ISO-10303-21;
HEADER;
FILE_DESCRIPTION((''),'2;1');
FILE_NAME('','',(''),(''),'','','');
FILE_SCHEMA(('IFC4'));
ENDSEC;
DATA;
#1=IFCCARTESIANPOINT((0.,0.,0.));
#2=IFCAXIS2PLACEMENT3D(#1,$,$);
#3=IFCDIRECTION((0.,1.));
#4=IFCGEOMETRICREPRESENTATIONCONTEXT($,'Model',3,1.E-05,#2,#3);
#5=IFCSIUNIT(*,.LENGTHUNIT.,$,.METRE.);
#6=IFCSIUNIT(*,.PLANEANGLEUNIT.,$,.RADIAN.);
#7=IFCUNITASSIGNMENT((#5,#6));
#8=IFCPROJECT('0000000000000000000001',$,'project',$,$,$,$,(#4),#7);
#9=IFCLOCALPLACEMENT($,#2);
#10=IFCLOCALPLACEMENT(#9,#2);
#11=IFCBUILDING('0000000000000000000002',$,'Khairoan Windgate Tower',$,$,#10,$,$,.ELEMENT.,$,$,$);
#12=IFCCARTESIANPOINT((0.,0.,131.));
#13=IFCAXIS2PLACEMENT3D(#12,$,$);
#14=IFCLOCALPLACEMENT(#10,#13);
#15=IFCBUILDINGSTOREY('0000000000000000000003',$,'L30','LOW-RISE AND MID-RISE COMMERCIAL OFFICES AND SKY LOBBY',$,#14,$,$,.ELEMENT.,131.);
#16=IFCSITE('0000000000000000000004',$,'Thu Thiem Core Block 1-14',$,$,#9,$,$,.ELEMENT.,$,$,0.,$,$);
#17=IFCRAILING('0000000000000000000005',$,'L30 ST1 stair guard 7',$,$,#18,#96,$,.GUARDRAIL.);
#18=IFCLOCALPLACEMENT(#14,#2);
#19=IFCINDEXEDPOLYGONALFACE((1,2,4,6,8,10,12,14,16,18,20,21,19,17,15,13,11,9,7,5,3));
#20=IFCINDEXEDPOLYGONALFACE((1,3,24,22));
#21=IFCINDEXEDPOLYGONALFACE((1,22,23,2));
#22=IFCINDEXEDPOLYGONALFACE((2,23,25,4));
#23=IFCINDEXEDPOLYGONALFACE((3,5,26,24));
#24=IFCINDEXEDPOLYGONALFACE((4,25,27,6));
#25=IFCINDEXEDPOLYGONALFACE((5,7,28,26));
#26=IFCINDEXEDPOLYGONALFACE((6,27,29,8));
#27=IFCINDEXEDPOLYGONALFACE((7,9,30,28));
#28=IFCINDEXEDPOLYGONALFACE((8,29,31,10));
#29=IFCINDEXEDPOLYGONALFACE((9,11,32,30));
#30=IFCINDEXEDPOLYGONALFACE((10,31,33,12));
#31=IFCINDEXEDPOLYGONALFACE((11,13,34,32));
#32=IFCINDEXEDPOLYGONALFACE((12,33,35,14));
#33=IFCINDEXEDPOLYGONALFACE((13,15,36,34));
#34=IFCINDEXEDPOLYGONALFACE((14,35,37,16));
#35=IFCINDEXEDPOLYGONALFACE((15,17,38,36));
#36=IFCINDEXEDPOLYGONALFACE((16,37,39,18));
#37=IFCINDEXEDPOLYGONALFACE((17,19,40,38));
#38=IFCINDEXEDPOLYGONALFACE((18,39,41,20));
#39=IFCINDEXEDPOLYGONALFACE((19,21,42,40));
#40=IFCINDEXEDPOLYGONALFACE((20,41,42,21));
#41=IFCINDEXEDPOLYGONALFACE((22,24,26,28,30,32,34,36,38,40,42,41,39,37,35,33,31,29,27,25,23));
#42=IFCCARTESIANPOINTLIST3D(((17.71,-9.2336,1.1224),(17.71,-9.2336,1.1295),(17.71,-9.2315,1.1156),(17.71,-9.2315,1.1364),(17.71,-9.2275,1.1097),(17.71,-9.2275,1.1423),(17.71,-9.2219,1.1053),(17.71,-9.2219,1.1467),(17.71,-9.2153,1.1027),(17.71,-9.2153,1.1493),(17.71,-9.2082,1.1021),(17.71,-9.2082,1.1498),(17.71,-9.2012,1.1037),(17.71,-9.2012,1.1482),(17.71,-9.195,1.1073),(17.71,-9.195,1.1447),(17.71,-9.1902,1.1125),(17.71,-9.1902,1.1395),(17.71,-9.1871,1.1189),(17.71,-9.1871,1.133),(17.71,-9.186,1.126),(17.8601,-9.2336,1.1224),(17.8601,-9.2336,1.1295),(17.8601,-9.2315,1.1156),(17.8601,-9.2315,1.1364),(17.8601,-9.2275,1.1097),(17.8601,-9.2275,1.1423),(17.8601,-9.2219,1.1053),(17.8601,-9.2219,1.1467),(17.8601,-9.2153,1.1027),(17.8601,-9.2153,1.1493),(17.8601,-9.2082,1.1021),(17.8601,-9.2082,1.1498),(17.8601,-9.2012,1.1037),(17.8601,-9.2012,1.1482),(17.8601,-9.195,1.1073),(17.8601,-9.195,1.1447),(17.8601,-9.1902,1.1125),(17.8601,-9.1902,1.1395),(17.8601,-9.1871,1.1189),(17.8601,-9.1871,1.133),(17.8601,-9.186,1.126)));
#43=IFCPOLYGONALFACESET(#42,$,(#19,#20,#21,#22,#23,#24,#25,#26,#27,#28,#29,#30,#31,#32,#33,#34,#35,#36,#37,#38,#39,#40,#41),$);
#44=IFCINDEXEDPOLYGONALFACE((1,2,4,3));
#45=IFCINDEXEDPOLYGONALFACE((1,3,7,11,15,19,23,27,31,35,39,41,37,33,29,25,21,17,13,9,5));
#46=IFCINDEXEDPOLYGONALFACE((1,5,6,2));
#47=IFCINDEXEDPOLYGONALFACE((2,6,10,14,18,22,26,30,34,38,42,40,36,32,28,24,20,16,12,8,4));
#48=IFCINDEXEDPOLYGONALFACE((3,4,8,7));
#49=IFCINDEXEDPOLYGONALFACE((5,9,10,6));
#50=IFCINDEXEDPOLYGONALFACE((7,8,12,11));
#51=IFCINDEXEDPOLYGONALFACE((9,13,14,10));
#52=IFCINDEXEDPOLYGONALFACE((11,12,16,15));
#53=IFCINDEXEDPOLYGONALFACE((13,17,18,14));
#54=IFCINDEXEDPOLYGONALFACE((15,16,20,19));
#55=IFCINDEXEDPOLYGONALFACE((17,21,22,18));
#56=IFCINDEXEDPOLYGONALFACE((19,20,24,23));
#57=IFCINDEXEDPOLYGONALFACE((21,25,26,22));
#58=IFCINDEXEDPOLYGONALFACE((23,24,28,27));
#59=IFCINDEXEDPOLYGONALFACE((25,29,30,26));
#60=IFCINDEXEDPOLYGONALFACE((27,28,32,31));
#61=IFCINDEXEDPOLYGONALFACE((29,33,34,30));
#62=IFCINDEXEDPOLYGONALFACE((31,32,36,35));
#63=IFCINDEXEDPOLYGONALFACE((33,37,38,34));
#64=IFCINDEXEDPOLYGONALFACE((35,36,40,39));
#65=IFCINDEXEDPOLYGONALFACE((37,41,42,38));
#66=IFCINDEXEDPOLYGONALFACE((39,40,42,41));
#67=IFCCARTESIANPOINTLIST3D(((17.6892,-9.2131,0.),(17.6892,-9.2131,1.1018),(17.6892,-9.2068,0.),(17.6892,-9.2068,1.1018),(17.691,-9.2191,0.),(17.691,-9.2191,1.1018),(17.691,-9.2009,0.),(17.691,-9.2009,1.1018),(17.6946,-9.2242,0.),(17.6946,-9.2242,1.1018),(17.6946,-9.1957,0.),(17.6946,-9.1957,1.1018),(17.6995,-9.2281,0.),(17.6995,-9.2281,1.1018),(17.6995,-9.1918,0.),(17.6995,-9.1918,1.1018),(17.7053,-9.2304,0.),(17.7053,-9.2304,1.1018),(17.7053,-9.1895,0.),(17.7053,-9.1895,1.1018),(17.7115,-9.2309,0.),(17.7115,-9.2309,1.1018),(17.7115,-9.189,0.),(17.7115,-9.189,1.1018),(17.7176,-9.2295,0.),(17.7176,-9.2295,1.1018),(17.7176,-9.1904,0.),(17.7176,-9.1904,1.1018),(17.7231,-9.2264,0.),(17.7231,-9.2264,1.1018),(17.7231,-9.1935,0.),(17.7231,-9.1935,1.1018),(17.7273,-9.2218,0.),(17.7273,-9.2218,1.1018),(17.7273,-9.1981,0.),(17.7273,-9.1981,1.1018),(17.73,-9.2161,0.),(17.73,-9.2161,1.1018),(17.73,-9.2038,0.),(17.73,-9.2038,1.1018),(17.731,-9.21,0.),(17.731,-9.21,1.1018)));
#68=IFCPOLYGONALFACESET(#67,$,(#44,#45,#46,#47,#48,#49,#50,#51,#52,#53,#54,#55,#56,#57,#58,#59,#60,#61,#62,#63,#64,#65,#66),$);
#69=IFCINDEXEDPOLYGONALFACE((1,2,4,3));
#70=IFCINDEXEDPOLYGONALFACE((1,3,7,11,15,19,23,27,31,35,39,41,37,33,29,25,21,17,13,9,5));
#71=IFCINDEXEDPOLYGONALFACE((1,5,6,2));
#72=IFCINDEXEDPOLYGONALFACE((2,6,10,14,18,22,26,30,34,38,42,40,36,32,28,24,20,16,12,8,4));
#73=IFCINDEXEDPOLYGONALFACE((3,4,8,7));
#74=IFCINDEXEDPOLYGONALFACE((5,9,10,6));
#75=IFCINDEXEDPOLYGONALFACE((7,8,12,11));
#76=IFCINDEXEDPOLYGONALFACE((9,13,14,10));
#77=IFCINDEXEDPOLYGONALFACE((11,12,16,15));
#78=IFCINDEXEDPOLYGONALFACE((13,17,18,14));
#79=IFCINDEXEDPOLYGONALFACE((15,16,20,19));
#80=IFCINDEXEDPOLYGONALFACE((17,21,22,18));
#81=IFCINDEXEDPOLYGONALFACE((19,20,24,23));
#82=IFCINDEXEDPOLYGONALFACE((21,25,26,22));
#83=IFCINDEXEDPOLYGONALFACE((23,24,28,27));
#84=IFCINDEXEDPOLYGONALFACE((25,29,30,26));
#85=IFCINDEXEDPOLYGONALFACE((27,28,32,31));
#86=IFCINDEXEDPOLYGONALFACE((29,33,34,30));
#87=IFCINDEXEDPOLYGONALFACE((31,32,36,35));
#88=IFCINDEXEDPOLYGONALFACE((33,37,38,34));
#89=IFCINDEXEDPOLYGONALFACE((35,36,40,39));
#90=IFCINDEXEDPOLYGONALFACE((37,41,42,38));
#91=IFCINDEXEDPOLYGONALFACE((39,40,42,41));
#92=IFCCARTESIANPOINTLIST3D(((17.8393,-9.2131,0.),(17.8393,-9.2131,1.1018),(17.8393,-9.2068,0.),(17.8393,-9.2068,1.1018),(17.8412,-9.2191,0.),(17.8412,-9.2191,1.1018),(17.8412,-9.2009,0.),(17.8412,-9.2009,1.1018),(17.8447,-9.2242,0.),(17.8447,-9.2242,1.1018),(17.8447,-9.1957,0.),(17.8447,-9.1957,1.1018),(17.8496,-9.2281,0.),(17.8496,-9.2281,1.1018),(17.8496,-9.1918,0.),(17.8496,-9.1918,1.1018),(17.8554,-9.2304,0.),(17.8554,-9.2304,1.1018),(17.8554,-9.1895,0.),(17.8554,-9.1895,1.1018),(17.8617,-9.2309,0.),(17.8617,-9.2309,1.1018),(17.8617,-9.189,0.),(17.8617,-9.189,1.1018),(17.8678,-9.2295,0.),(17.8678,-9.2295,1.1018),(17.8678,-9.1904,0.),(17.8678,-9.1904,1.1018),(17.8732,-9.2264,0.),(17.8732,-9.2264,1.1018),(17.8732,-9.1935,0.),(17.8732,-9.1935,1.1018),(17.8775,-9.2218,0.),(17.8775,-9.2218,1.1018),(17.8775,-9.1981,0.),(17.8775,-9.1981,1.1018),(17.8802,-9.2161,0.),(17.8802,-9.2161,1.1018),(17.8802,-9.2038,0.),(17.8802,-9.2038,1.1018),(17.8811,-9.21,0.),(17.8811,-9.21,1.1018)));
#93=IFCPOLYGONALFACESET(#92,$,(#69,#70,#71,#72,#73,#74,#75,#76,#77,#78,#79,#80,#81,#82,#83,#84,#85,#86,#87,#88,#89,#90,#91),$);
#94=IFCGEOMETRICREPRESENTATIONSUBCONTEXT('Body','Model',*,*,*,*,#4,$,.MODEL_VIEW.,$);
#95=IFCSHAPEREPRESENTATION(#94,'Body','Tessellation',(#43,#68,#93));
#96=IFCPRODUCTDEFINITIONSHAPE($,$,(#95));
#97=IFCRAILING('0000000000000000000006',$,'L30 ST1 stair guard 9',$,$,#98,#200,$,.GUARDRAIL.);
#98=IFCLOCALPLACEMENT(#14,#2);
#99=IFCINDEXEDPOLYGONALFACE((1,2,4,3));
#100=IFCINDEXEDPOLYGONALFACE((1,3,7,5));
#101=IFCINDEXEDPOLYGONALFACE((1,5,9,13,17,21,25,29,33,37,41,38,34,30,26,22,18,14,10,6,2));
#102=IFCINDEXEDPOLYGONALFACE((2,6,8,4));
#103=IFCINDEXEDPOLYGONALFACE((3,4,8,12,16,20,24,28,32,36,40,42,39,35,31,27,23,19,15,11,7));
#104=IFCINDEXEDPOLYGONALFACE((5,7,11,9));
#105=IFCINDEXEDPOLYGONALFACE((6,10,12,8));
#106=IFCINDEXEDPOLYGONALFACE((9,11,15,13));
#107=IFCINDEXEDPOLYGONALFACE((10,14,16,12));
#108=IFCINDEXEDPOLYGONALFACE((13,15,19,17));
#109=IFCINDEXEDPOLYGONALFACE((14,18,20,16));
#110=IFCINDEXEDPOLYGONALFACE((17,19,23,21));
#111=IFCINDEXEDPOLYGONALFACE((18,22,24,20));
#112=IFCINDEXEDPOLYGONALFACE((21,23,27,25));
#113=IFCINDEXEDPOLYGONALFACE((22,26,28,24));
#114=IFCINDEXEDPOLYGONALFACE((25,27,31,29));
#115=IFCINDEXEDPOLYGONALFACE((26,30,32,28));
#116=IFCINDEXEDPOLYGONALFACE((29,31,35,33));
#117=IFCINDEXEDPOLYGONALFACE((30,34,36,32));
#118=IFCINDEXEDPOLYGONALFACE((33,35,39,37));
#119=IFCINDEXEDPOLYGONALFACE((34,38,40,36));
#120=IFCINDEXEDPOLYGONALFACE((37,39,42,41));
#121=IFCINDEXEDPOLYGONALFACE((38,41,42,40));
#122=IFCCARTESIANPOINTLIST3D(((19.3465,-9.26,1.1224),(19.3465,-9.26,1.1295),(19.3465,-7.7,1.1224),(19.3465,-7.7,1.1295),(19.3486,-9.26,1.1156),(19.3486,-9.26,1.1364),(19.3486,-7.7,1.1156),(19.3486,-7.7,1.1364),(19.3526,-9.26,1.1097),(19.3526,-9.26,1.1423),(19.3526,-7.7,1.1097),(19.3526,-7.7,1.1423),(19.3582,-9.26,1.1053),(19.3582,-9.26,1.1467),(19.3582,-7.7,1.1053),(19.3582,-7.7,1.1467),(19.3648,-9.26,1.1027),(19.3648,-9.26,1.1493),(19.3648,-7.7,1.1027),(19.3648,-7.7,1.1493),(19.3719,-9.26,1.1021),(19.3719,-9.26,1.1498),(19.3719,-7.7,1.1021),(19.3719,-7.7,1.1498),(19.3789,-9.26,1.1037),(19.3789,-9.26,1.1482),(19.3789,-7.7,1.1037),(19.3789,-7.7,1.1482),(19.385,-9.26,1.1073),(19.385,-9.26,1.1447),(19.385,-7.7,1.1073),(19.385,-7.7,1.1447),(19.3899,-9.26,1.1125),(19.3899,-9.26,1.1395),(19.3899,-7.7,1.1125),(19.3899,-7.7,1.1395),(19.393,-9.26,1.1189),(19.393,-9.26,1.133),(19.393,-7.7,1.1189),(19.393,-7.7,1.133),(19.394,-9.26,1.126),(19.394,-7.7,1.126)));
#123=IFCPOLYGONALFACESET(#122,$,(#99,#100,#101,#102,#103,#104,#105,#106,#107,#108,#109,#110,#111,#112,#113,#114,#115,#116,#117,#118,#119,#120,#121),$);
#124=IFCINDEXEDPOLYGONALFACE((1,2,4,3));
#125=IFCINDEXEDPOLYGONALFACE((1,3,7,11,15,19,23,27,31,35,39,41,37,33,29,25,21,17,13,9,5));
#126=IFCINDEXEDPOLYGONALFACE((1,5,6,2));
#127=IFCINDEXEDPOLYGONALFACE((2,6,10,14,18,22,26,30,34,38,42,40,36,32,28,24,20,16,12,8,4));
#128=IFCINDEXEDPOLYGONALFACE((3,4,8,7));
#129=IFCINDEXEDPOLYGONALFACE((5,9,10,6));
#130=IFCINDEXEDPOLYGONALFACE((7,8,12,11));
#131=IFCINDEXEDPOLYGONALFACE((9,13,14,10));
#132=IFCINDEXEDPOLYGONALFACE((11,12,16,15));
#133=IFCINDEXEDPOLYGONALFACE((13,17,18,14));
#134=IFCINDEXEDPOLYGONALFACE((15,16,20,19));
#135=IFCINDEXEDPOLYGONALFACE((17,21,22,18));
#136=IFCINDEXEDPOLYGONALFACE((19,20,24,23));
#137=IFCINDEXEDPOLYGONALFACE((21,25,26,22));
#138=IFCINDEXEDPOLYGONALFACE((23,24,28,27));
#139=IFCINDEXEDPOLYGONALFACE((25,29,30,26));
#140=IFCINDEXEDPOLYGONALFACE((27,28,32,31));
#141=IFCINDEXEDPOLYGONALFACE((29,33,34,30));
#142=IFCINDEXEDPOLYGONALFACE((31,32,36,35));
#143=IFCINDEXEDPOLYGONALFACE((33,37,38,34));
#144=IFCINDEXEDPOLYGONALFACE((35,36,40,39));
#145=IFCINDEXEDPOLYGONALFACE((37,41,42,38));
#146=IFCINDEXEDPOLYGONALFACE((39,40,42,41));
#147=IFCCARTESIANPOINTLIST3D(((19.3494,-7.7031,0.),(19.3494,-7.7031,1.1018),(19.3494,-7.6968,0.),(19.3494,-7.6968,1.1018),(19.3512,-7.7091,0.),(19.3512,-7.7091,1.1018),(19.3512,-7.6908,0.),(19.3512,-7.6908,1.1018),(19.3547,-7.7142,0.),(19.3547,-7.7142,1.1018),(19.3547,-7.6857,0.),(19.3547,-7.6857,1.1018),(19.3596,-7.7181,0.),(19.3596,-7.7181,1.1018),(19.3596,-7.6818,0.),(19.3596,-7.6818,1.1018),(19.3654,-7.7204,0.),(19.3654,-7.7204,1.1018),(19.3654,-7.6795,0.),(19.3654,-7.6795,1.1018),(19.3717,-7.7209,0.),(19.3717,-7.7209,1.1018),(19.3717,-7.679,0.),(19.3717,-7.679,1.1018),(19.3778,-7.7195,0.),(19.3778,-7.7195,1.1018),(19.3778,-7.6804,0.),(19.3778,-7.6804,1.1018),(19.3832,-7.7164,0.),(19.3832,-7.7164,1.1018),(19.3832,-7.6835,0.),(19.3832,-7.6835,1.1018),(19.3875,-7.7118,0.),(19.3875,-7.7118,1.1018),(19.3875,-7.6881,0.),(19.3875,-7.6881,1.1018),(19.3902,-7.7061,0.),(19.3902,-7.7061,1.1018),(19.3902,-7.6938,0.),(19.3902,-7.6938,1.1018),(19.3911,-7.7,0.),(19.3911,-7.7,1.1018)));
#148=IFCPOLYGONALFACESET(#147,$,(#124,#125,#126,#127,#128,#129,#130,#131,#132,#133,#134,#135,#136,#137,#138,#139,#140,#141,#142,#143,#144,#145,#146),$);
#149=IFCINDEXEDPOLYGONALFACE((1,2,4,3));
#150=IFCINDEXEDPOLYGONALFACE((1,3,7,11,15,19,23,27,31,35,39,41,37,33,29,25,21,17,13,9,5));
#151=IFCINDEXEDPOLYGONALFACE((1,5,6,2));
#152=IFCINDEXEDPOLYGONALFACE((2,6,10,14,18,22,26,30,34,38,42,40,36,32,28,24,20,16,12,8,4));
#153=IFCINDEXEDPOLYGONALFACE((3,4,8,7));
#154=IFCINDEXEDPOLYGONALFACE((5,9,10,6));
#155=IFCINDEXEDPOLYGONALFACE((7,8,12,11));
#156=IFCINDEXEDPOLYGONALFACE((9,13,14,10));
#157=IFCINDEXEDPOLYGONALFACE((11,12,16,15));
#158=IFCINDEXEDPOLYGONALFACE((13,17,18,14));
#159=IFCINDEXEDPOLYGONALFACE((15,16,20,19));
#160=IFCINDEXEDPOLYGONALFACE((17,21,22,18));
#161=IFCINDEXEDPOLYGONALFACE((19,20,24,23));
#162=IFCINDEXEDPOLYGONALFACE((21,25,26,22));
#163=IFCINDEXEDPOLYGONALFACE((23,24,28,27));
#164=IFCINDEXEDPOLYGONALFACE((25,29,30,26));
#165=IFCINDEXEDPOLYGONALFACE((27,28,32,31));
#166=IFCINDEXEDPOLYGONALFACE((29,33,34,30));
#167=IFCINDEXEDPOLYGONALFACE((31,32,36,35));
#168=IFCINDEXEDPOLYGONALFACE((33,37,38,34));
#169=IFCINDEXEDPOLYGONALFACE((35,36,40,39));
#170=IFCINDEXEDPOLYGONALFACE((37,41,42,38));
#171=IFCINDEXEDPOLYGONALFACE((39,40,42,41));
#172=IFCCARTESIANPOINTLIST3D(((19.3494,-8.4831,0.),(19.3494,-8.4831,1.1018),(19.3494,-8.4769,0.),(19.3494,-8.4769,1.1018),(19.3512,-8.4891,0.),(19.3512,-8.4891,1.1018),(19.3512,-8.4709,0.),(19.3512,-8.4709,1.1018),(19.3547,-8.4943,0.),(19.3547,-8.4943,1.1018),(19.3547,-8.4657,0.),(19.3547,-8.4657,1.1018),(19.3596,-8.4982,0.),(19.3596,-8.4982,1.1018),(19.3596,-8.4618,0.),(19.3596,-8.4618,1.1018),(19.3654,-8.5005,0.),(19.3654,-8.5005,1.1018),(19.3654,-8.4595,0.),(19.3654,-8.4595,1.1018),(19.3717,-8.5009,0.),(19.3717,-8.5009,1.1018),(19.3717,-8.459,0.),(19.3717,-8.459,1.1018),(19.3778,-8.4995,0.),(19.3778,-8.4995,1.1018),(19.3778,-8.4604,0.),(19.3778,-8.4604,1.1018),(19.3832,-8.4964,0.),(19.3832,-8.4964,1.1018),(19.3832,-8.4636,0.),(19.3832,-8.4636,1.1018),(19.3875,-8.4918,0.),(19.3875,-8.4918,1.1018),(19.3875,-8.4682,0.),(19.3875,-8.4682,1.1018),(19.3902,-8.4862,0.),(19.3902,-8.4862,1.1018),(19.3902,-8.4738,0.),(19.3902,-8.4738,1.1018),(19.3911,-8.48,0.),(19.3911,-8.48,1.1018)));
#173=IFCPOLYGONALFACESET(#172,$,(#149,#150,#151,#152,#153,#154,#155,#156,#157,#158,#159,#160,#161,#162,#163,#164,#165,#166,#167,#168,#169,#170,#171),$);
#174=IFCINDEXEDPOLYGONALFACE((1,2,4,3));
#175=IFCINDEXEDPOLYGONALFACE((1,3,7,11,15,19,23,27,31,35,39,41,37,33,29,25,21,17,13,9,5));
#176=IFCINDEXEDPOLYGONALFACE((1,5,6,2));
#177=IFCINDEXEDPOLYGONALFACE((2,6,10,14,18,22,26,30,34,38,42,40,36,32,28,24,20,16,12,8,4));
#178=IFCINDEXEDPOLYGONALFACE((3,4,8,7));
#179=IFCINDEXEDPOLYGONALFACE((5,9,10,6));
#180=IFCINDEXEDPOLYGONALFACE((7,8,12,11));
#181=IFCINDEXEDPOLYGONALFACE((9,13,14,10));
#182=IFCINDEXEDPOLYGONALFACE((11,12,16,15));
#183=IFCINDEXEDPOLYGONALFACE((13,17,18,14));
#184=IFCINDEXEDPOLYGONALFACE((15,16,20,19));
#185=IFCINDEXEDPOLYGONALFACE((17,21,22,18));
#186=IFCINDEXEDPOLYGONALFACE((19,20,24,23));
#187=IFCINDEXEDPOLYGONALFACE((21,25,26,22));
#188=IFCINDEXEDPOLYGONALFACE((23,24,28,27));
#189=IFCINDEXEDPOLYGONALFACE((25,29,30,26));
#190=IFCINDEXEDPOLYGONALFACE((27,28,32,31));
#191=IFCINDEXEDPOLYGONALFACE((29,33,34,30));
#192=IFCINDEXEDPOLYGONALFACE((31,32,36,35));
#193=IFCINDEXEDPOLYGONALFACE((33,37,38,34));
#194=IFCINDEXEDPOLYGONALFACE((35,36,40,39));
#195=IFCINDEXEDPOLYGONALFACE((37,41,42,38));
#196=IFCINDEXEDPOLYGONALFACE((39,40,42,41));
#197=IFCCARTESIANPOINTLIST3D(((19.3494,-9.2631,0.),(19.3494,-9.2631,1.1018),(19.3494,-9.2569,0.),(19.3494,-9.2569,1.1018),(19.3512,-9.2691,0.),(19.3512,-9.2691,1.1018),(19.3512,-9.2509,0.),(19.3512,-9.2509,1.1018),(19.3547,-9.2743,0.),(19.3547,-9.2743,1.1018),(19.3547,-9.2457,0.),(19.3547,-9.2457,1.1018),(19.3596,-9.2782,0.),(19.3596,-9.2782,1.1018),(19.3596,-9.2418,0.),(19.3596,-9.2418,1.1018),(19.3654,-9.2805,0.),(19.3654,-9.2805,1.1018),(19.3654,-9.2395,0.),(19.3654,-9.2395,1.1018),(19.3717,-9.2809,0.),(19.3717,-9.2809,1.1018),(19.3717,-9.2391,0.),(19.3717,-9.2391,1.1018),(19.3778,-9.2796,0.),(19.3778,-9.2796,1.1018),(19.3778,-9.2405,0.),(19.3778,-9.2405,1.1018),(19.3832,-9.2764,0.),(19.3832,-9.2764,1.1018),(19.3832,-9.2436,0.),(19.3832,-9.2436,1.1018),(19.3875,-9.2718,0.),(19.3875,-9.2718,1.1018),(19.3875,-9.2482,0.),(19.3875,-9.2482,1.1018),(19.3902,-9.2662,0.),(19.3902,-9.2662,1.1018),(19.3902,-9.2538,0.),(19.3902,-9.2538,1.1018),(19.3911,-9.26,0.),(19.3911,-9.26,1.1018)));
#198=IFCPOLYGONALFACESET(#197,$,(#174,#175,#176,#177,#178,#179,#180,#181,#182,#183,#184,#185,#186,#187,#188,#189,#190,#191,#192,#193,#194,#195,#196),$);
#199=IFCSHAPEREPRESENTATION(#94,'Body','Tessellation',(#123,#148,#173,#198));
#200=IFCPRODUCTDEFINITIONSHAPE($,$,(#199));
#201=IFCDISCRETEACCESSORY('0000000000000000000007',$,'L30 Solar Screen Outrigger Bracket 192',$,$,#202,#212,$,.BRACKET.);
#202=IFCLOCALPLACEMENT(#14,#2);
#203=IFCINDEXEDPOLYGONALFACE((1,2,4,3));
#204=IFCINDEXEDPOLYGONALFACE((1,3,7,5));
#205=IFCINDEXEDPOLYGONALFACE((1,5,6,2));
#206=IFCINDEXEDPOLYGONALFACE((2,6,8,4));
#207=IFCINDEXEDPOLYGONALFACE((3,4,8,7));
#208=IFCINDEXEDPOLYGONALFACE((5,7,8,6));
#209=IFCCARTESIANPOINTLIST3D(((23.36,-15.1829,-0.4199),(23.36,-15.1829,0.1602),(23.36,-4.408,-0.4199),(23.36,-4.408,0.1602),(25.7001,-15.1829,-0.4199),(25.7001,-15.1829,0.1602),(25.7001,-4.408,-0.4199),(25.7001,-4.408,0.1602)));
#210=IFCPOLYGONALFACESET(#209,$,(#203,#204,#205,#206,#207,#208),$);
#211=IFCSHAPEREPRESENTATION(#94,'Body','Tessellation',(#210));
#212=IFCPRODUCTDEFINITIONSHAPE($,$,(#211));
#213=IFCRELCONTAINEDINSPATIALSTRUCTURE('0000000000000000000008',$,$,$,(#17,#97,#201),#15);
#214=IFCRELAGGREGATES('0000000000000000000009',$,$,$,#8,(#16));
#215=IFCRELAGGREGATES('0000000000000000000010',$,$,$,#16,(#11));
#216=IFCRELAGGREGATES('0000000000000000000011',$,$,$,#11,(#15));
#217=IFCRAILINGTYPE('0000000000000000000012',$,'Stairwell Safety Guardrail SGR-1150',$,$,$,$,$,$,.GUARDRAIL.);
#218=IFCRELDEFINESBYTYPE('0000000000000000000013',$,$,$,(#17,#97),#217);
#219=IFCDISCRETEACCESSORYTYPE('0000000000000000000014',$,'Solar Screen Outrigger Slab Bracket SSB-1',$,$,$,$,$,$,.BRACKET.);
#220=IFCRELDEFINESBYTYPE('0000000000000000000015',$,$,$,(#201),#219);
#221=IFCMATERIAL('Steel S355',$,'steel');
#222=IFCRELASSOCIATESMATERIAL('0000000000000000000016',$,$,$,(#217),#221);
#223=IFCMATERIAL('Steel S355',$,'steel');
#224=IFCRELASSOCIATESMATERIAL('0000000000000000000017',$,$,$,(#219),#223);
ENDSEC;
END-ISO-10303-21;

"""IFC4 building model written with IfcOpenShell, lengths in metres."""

from ifc_helpers import new_model, si_unit, direction, frame, origin, origin_2d, place, context, subcontext, project, spatial, rectangle, circle, extrude, material, type_object, element, save


model = new_model("IFC4")

# Units and contexts
model_context = context("Model", 3, precision=1e-05, world=origin(), true_north=direction((0.0, 1.0)))
body_context = subcontext(model_context, "Body", "Model", "MODEL_VIEW")
ifc_project = project(units=[si_unit("LENGTHUNIT", "METRE"), si_unit("PLANEANGLEUNIT", "RADIAN")], contexts=[model_context])

# Site, building, storey
site_placement = place(None, origin())
site = spatial("IfcSite", under=ifc_project, at=site_placement, Name="Thu Thiem Core Block 1-14", CompositionType="ELEMENT", RefElevation=0.0)
building_placement = place(site_placement, origin())
building = spatial("IfcBuilding", under=site, at=building_placement, Name="Khairoan Windgate Tower", CompositionType="ELEMENT")
storey_placement = place(building_placement, frame((0.0, 0.0, 131.0)))
storey = spatial("IfcBuildingStorey", under=building, at=storey_placement, Name="L30", Description="LOW-RISE AND MID-RISE COMMERCIAL OFFICES AND SKY LOBBY", CompositionType="ELEMENT", Elevation=131.0)

# Railings
ifc_material_1 = material(Name="Steel S355", Category="steel")
railing_type_1 = type_object("IfcRailingType", Name="Stairwell Safety Guardrail SGR-1150", PredefinedType="GUARDRAIL", material=ifc_material_1)
railing_1_placement = place(storey_placement, frame((17.71, -9.21, 0.0)))
element("IfcRailing", 1, at=railing_1_placement, inside=storey, type_object=railing_type_1, Name="L30 ST1 stair guard 7", PredefinedType="GUARDRAIL", context=body_context, shape_type="SweptSolid", body=[
    extrude(circle(Radius=0.0239, at=origin_2d()), frame((0.0, 0.0, 1.126), z_axis=(1.0, 0.0, 0.0), x_axis=(0.0, 1.0, 0.0)), (0.0, 0.0, 1.0), 0.1501),
    extrude(circle(Radius=0.021, at=origin_2d()), origin(), (0.0, 0.0, 1.0), 1.1018),
    extrude(circle(Radius=0.021, at=origin_2d()), frame((0.1501, 0.0, 0.0)), (0.0, 0.0, 1.0), 1.1018),
])
railing_2_placement = place(storey_placement, frame((19.3701, -7.7, 0.0)))
element("IfcRailing", 2, at=railing_2_placement, inside=storey, type_object=railing_type_1, Name="L30 ST1 stair guard 9", PredefinedType="GUARDRAIL", context=body_context, shape_type="SweptSolid", body=[
    extrude(circle(Radius=0.0239, at=origin_2d()), frame((0.0, 0.0, 1.126), z_axis=(0.0, -1.0, 0.0), x_axis=(1.0, 0.0, 0.0)), (0.0, 0.0, 1.0), 1.5601),
    extrude(circle(Radius=0.021, at=origin_2d()), origin(), (0.0, 0.0, 1.0), 1.1018),
    extrude(circle(Radius=0.021, at=origin_2d()), frame((0.0, -0.78, 0.0)), (0.0, 0.0, 1.0), 1.1018),
    extrude(circle(Radius=0.021, at=origin_2d()), frame((0.0, -1.5601, 0.0)), (0.0, 0.0, 1.0), 1.1018),
])

# Discrete accessory
ifc_material_2 = material(Name="Steel S355", Category="steel")
discrete_accessory_type = type_object("IfcDiscreteAccessoryType", Name="Solar Screen Outrigger Slab Bracket SSB-1", PredefinedType="BRACKET", material=ifc_material_2)
discrete_accessory_placement = place(storey_placement, frame((24.53, -9.7954, -0.4199), z_axis=(0.0, 0.0, 1.0), x_axis=(0.0, -1.0, 0.0)))
element("IfcDiscreteAccessory", 3, at=discrete_accessory_placement, inside=storey, type_object=discrete_accessory_type, Name="L30 Solar Screen Outrigger Bracket 192", PredefinedType="BRACKET", context=body_context, shape_type="SweptSolid", body=[
    extrude(rectangle(XDim=10.7749, YDim=2.3401, at=origin_2d()), origin(), (0.0, 0.0, 1.0), 0.5801),
])

save(model, "model.ifc")
